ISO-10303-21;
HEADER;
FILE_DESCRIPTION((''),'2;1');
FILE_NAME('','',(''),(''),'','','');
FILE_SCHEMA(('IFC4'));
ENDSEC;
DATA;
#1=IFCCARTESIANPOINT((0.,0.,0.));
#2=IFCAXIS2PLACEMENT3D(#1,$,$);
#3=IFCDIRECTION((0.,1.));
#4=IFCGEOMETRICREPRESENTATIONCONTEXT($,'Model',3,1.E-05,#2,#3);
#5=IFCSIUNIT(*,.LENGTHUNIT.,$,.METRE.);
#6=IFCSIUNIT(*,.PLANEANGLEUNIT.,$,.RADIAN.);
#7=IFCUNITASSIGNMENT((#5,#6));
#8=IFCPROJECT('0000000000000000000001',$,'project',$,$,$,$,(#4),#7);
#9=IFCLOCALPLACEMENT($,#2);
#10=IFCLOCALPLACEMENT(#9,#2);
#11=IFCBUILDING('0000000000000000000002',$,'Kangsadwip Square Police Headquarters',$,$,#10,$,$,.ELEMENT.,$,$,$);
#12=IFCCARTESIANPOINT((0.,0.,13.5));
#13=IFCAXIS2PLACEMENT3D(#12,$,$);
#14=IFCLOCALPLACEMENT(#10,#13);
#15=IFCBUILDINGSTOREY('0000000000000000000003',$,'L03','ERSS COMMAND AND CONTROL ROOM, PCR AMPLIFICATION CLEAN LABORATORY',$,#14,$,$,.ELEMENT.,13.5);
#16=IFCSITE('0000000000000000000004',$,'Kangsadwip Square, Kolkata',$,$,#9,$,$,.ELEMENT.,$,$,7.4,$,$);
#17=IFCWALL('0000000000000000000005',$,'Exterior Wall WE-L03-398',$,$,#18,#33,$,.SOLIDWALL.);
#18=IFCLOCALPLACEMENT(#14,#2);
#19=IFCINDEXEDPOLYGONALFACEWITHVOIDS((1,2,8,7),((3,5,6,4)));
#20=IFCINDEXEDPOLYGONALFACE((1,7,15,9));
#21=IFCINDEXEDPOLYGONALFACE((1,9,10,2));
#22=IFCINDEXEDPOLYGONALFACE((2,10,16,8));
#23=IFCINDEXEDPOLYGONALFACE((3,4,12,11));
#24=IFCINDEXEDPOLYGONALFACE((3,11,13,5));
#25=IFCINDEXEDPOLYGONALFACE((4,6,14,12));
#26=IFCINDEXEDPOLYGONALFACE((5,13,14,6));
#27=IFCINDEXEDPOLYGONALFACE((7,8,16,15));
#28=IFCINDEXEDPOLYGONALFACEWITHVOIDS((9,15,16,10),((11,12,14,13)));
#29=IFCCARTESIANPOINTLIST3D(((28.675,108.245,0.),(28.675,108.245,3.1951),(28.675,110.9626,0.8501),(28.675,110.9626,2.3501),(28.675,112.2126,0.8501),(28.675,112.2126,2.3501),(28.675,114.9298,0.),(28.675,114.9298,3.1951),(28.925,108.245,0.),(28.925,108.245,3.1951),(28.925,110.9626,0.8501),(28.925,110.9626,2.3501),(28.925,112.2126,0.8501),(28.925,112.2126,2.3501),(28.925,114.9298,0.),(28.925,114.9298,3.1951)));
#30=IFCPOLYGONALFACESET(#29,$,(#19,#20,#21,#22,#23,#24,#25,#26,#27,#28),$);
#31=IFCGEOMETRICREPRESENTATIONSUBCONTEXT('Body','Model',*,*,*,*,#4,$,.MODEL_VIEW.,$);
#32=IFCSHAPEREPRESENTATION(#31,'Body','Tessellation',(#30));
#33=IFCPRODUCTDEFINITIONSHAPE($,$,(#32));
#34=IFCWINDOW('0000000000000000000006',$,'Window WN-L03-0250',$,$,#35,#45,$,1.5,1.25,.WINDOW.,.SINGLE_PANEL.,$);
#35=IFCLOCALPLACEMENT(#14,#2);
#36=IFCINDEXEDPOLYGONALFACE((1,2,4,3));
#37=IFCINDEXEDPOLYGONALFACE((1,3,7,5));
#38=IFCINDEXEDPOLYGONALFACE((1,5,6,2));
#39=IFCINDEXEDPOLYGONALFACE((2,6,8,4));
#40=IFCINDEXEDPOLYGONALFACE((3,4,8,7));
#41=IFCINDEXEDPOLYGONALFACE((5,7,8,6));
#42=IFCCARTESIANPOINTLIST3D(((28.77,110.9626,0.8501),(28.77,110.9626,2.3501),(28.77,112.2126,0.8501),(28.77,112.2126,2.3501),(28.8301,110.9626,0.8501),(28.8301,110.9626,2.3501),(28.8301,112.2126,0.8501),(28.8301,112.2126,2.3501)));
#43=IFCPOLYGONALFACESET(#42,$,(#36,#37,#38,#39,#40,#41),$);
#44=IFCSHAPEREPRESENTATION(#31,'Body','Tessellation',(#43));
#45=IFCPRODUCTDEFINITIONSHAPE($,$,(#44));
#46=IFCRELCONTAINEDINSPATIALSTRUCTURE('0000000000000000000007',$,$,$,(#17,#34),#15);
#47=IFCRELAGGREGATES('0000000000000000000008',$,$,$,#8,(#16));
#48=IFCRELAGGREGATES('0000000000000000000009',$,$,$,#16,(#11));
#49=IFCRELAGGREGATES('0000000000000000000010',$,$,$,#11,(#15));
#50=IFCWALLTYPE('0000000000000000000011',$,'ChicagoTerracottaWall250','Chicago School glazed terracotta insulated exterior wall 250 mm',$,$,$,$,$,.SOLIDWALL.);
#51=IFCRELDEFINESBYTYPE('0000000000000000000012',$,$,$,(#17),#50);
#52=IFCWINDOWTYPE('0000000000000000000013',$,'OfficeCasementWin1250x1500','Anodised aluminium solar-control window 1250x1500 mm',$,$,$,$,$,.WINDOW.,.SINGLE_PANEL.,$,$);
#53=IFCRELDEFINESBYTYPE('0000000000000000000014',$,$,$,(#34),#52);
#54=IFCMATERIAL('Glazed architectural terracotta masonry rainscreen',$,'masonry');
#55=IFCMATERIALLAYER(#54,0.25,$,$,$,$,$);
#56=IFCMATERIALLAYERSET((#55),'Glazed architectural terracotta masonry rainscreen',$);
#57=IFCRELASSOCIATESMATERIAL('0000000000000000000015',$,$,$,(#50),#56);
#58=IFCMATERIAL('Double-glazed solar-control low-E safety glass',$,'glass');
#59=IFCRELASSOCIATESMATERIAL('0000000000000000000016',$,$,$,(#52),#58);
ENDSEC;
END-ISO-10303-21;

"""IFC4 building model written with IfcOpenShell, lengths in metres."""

from ifc_helpers import new_model, si_unit, direction, frame, frame_2d, origin, place, context, subcontext, project, spatial, rectangle, extrude, material, layer, layer_set, type_object, element, fill, save


model = new_model("IFC4")

# Units and contexts
model_context = context("Model", 3, precision=1e-05, world=origin(), true_north=direction((0.0, 1.0)))
body_context = subcontext(model_context, "Body", "Model", "MODEL_VIEW")
ifc_project = project(units=[si_unit("LENGTHUNIT", "METRE"), si_unit("PLANEANGLEUNIT", "RADIAN")], contexts=[model_context])

# Site, building, storey
site_placement = place(None, origin())
site = spatial("IfcSite", under=ifc_project, at=site_placement, Name="Kangsadwip Square, Kolkata", CompositionType="ELEMENT", RefElevation=7.4)
building_placement = place(site_placement, origin())
building = spatial("IfcBuilding", under=site, at=building_placement, Name="Kangsadwip Square Police Headquarters", CompositionType="ELEMENT")
storey_placement = place(building_placement, frame((0.0, 0.0, 13.5)))
storey = spatial("IfcBuildingStorey", under=building, at=storey_placement, Name="L03", Description="ERSS COMMAND AND CONTROL ROOM, PCR AMPLIFICATION CLEAN LABORATORY", CompositionType="ELEMENT", Elevation=13.5)

# Shared definitions
ifc_material_1 = material(Name="Glazed architectural terracotta masonry rainscreen", Category="masonry")
ifc_layer_1 = layer(ifc_material_1, 0.25)
ifc_layer_set_1 = layer_set([ifc_layer_1], Name="Glazed architectural terracotta masonry rainscreen")
wall_type = type_object("IfcWallType", Name="ChicagoTerracottaWall250", Description="Chicago School glazed terracotta insulated exterior wall 250 mm", PredefinedType="SOLIDWALL", material=ifc_layer_set_1)

# Wall, opening, window
wall_1_placement = place(storey_placement, frame((28.8, 108.2451, 0.0), z_axis=(0.0, 0.0, 1.0), x_axis=(0.0, 1.0, 0.0)))
wall_1 = element("IfcWall", 1, at=wall_1_placement, inside=storey, type_object=wall_type, Name="Exterior Wall WE-L03-398", PredefinedType="SOLIDWALL", context=body_context, shape_type="SweptSolid", body=[
    extrude(rectangle(XDim=6.6848, YDim=0.25, at=frame_2d((3.3423, 0.0))), origin(), (0.0, 0.0, 1.0), 3.1951),
])
opening_1_placement = place(wall_1_placement, frame((2.7175, 0.0, 0.8501)))
opening_1 = element("IfcOpeningElement", 2, at=opening_1_placement, cuts=wall_1, PredefinedType="OPENING", context=body_context, shape_type="SweptSolid", body=[
    extrude(rectangle(XDim=1.25, YDim=1.5, at=frame_2d((0.625, 0.75))), frame((0.0, 0.135, 0.0), z_axis=(0.0, -1.0, 0.0), x_axis=(1.0, 0.0, 0.0)), (0.0, 0.0, 1.0), 0.27),
])
ifc_material_2 = material(Name="Double-glazed solar-control low-E safety glass", Category="glass")
window_type = type_object("IfcWindowType", Name="OfficeCasementWin1250x1500", Description="Anodised aluminium solar-control window 1250x1500 mm", PartitioningType="SINGLE_PANEL", PredefinedType="WINDOW", material=ifc_material_2)
window_placement = place(opening_1_placement, origin())
window = element("IfcWindow", 3, at=window_placement, inside=storey, type_object=window_type, Name="Window WN-L03-0250", OverallHeight=1.5, OverallWidth=1.25, PartitioningType="SINGLE_PANEL", PredefinedType="WINDOW", context=body_context, shape_type="SweptSolid", body=[
    extrude(rectangle(XDim=1.25, YDim=1.5, at=frame_2d((0.625, 0.75))), frame((0.0, 0.03, 0.0), z_axis=(0.0, -1.0, 0.0), x_axis=(1.0, 0.0, 0.0)), (0.0, 0.0, 1.0), 0.0601),
])
fill(opening_1, window)

save(model, "model.ifc")
